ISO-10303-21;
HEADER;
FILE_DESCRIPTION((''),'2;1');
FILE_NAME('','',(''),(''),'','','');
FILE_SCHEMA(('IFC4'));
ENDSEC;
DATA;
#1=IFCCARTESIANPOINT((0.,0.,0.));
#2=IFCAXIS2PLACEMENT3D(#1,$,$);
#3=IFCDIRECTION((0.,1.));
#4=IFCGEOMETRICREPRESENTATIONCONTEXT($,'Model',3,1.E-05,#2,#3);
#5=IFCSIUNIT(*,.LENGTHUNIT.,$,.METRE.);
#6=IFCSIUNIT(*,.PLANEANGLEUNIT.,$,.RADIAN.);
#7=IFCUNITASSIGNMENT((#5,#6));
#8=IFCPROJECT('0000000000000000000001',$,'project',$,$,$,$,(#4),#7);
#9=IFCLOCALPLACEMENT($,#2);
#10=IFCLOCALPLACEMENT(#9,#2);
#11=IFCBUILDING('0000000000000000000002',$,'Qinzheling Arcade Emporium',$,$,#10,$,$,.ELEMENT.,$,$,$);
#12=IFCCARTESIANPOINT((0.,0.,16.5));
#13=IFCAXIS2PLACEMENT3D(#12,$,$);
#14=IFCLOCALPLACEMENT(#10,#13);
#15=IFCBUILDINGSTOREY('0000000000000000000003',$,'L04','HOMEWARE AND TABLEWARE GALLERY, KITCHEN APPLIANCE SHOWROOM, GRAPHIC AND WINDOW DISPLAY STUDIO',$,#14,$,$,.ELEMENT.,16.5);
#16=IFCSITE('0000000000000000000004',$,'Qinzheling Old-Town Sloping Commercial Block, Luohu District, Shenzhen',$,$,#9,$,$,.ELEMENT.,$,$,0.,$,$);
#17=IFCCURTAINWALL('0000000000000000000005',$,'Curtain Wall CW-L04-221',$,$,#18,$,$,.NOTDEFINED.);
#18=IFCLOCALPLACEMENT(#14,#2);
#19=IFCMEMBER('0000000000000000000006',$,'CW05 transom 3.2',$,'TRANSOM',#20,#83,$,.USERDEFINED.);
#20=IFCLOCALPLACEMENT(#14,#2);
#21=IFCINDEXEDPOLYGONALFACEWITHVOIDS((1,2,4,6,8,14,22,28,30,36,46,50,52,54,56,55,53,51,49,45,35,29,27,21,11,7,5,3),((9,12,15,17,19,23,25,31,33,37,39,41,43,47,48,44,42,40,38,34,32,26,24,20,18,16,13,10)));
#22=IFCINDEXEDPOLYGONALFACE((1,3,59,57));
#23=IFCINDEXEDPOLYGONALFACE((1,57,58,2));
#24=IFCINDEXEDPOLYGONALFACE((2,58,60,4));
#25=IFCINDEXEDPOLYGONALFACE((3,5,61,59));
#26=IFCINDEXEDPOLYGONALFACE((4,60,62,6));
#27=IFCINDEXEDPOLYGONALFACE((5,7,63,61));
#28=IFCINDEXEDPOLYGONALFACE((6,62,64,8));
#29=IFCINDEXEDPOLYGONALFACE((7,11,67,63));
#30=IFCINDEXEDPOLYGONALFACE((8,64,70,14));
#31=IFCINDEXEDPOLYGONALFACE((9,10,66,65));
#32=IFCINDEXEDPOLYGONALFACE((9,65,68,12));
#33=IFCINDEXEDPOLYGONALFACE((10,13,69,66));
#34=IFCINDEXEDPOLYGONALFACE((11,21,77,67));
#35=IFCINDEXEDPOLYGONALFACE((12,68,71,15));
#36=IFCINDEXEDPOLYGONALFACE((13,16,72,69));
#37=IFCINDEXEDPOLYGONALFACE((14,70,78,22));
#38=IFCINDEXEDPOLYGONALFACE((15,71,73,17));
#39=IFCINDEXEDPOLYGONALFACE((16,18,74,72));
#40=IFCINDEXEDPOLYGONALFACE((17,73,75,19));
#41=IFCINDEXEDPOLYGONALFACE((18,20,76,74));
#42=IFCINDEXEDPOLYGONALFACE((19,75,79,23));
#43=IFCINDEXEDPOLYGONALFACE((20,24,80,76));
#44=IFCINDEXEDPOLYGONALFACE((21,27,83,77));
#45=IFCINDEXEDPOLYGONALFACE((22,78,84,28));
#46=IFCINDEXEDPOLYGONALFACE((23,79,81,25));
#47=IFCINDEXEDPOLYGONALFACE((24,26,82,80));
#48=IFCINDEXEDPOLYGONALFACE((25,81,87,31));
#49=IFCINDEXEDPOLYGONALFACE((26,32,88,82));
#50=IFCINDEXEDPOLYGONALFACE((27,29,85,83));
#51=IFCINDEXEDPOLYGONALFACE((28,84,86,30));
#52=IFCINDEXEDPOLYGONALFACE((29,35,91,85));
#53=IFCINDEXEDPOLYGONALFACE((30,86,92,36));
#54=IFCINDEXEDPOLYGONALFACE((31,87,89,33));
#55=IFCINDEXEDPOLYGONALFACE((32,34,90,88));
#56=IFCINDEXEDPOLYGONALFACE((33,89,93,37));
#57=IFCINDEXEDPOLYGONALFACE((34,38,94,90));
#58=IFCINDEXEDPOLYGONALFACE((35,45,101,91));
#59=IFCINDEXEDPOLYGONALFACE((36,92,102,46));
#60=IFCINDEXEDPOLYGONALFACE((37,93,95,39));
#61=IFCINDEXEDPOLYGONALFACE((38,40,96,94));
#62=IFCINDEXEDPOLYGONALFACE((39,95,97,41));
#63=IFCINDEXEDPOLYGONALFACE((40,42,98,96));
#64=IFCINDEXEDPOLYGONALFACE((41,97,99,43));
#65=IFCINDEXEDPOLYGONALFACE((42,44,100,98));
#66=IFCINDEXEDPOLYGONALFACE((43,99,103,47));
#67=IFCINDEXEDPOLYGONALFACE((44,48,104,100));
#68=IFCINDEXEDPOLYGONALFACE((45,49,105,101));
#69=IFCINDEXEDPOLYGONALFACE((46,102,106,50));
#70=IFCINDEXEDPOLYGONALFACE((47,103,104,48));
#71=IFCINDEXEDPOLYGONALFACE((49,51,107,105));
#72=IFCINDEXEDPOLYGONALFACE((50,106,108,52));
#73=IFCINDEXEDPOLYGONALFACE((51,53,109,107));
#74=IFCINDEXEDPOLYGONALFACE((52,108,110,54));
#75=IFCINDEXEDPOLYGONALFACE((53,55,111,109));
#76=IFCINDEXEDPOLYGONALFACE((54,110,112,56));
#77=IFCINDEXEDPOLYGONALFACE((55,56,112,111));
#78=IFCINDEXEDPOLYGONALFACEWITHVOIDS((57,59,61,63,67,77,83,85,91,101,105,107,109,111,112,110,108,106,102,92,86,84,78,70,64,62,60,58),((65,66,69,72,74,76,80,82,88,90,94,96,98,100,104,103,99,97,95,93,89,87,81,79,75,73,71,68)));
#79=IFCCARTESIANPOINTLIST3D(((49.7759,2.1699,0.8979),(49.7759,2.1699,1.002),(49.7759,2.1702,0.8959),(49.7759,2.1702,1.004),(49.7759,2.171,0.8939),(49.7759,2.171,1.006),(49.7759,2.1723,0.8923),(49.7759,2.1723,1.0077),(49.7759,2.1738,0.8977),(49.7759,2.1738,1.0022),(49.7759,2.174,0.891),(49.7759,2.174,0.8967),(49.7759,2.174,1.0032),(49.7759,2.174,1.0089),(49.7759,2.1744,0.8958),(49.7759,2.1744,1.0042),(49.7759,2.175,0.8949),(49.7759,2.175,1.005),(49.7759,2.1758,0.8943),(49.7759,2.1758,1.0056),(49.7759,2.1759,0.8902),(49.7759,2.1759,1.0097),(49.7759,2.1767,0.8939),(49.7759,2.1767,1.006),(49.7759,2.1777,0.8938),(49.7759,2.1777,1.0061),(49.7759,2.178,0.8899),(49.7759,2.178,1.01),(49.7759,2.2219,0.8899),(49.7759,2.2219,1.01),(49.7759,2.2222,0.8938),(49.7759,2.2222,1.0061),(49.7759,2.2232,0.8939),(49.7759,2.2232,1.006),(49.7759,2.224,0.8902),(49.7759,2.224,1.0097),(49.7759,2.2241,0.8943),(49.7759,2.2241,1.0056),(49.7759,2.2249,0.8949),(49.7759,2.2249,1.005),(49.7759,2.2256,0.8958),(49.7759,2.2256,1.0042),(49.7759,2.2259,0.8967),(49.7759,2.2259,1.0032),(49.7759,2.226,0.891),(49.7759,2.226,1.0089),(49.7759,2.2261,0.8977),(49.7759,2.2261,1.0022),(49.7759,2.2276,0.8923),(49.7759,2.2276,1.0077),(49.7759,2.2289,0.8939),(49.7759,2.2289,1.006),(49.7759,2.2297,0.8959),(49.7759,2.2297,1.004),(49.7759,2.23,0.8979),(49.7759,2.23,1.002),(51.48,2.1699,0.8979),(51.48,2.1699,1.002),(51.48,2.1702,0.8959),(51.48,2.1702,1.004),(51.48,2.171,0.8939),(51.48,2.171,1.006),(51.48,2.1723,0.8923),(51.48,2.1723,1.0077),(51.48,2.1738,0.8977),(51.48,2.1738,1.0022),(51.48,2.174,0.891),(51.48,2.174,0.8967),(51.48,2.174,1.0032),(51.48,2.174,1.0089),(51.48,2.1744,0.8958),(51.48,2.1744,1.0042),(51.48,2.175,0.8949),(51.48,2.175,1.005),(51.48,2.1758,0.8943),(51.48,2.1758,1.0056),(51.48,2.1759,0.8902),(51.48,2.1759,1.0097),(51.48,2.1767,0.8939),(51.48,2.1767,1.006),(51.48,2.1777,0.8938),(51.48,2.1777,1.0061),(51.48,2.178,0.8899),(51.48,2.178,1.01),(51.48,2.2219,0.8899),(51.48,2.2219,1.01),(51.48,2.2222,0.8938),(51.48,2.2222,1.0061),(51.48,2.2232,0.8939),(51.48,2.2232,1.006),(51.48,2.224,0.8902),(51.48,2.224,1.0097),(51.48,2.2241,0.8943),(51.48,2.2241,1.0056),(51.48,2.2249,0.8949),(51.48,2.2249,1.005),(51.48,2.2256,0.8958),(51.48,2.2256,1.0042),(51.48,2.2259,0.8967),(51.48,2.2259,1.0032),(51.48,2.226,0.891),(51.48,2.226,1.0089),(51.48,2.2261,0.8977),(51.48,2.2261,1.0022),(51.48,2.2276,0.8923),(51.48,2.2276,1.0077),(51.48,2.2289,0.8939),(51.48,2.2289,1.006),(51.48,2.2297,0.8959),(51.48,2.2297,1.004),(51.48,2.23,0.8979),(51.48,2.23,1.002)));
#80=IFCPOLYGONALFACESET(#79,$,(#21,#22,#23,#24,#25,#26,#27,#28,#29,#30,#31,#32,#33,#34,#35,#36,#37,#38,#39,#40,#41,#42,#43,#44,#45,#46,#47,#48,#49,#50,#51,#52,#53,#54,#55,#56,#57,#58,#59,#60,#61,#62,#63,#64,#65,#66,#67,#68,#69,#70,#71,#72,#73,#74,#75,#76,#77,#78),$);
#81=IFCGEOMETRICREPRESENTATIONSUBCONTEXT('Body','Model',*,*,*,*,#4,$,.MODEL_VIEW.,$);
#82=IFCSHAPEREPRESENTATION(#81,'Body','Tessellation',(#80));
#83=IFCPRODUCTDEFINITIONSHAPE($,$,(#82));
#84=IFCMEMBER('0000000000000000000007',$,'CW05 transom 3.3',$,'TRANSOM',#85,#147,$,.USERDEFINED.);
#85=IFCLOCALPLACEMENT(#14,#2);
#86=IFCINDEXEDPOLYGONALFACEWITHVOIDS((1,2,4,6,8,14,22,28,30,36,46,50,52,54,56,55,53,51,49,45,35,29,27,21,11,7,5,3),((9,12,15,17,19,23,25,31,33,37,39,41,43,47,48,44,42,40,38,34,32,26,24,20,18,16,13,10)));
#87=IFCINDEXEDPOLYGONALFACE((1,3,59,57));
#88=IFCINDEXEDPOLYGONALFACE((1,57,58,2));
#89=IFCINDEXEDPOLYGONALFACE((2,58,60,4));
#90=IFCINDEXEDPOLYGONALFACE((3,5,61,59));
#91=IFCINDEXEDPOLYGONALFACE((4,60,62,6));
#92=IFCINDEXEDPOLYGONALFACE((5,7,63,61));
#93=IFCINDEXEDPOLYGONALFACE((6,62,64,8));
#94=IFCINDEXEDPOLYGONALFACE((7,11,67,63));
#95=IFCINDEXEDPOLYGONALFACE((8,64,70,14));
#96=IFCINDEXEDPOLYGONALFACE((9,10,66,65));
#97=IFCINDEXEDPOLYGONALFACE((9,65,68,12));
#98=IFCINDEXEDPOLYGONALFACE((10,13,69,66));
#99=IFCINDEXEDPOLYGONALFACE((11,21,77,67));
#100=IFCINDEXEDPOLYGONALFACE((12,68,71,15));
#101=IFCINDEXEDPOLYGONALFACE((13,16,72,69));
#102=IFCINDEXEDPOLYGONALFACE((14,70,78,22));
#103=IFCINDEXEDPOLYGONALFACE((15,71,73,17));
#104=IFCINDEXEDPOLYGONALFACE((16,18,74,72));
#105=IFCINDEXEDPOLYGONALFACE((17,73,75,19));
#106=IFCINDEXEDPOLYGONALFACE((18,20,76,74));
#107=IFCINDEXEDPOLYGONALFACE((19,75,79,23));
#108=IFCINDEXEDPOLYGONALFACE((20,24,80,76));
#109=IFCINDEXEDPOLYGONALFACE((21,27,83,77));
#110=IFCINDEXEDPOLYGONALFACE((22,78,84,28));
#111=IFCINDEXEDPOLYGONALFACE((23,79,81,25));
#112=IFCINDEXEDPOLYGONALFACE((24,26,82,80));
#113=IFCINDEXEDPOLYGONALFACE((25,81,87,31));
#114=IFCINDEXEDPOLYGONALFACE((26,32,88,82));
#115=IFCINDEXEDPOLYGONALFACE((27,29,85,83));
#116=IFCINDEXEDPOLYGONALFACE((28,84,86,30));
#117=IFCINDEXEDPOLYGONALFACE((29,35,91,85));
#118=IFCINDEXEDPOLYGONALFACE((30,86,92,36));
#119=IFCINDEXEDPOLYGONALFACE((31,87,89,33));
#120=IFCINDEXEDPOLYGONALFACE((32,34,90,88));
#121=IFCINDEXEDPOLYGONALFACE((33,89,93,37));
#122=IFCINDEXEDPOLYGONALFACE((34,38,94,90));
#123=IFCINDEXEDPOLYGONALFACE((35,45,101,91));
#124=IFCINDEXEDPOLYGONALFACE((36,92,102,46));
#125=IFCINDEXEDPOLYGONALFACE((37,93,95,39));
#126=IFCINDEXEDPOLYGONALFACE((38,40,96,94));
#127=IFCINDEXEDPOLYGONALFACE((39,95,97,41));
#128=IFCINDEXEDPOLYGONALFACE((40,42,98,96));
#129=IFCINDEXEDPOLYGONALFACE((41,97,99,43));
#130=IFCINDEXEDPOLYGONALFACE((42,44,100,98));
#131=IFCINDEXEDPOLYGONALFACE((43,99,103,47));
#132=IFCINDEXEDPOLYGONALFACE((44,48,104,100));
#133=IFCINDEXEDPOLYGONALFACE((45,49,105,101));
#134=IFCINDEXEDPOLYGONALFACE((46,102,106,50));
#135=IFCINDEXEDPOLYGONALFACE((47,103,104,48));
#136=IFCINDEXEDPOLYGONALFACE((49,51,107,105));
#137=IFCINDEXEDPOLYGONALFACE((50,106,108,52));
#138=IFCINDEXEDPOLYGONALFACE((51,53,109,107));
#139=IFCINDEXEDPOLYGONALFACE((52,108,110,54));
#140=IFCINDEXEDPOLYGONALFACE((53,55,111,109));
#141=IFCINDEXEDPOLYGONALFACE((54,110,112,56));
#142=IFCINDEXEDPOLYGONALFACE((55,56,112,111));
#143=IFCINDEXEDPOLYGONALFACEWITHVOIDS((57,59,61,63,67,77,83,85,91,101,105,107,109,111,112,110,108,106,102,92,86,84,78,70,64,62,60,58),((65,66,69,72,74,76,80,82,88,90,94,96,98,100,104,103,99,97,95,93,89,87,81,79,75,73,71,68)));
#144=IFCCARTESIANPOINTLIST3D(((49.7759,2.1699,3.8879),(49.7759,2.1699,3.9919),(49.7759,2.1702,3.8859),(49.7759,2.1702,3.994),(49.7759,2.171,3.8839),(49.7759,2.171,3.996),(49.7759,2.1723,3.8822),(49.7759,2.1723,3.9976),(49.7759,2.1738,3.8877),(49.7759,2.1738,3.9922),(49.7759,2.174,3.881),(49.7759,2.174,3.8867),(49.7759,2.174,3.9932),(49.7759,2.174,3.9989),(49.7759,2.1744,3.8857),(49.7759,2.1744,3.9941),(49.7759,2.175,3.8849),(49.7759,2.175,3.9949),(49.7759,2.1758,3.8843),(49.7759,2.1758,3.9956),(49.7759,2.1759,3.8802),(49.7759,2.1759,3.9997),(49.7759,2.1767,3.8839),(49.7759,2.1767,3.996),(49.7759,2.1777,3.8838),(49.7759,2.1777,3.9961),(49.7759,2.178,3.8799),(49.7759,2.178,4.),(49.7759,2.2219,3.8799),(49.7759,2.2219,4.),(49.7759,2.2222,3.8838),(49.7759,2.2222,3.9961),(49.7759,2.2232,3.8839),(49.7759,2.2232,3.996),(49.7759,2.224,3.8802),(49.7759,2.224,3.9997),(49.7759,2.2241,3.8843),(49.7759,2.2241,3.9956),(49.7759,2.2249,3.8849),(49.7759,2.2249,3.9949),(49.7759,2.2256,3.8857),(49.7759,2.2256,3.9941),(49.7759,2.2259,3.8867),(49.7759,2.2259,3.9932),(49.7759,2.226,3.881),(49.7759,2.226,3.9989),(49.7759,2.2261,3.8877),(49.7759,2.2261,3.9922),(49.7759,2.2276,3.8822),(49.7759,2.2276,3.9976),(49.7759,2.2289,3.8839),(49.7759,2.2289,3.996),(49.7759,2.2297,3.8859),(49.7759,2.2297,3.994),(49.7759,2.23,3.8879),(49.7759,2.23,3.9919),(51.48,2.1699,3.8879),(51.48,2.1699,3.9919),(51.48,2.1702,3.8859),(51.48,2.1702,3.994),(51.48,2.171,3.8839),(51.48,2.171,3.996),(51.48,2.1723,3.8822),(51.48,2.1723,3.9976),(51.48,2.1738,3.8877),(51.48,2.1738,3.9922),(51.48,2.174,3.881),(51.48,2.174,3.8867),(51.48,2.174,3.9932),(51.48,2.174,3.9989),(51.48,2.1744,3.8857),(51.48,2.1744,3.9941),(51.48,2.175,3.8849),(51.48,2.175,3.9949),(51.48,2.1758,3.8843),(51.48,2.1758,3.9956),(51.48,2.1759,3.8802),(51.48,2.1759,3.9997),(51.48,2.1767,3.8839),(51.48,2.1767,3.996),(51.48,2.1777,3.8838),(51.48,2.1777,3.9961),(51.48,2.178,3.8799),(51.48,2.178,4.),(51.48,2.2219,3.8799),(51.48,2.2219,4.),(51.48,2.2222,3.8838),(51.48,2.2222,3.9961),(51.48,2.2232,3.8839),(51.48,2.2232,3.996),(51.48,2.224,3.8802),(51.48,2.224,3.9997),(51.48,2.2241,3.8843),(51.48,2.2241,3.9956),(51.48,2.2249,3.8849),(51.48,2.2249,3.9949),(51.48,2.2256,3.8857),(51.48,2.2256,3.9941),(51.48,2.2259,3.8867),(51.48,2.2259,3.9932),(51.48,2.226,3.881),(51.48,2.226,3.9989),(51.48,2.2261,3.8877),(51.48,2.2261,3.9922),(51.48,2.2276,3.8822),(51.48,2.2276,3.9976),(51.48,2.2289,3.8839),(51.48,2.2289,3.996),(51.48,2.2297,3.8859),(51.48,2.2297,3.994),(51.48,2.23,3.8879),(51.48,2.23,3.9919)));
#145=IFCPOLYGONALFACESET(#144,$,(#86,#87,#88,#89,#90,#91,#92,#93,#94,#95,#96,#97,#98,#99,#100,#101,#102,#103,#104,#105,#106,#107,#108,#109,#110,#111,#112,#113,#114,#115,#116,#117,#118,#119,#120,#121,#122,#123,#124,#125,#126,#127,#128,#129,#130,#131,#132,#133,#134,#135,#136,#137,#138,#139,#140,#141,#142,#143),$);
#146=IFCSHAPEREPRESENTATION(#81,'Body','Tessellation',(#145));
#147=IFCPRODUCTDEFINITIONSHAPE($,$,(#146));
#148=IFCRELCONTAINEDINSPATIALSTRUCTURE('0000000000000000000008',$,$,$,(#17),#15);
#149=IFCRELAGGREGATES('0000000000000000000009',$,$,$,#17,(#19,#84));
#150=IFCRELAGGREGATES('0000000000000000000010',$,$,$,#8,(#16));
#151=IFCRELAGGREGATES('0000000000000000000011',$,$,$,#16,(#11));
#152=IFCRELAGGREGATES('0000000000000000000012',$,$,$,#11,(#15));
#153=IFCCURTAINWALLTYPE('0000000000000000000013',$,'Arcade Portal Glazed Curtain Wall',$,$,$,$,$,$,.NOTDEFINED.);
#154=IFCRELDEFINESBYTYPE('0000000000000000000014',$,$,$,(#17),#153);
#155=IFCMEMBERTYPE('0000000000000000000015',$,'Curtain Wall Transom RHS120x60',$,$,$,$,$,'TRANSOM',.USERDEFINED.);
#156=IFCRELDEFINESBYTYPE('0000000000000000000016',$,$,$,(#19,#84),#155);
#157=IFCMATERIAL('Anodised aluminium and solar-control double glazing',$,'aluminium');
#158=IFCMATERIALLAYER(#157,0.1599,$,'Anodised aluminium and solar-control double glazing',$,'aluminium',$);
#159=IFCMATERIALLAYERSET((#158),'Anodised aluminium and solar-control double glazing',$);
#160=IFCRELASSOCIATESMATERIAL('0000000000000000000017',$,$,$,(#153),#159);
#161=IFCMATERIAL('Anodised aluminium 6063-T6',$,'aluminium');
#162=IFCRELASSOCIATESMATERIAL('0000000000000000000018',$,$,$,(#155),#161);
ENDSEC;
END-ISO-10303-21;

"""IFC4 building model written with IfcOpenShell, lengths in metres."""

from ifc_helpers import new_model, si_unit, direction, frame, origin, origin_2d, place, context, subcontext, project, spatial, hollow_rectangle, extrude, material, layer, layer_set, material_profile, profile_set, type_object, element, aggregate, save


model = new_model("IFC4")

# Units and contexts
model_context = context("Model", 3, precision=1e-05, world=origin(), true_north=direction((0.0, 1.0)))
body_context = subcontext(model_context, "Body", "Model", "MODEL_VIEW")
ifc_project = project(units=[si_unit("LENGTHUNIT", "METRE"), si_unit("PLANEANGLEUNIT", "RADIAN")], contexts=[model_context])

# Site, building, storey
site_placement = place(None, origin())
site = spatial("IfcSite", under=ifc_project, at=site_placement, Name="Qinzheling Old-Town Sloping Commercial Block, Luohu District, Shenzhen", CompositionType="ELEMENT", RefElevation=0.0)
building_placement = place(site_placement, origin())
building = spatial("IfcBuilding", under=site, at=building_placement, Name="Qinzheling Arcade Emporium", CompositionType="ELEMENT")
storey_placement = place(building_placement, frame((0.0, 0.0, 16.5)))
storey = spatial("IfcBuildingStorey", under=building, at=storey_placement, Name="L04", Description="HOMEWARE AND TABLEWARE GALLERY, KITCHEN APPLIANCE SHOWROOM, GRAPHIC AND WINDOW DISPLAY STUDIO", CompositionType="ELEMENT", Elevation=16.5)

# Curtain wall
ifc_material_1 = material(Name="Anodised aluminium and solar-control double glazing", Category="aluminium")
ifc_layer_1 = layer(ifc_material_1, 0.1599, Name="Anodised aluminium and solar-control double glazing", Category="aluminium")
ifc_layer_set_1 = layer_set([ifc_layer_1], Name="Anodised aluminium and solar-control double glazing")
curtain_wall_type_1 = type_object("IfcCurtainWallType", Name="Arcade Portal Glazed Curtain Wall", PredefinedType="NOTDEFINED", material=ifc_layer_set_1)
curtain_wall_1_placement = place(storey_placement, origin())
curtain_wall_1 = element("IfcCurtainWall", 1, at=curtain_wall_1_placement, inside=storey, type_object=curtain_wall_type_1, Name="Curtain Wall CW-L04-221", PredefinedType="NOTDEFINED")
ifc_material_2 = material(Name="Anodised aluminium 6063-T6", Category="aluminium")

# Members
ifc_material_profile_1 = material_profile(ifc_material_2, hollow_rectangle(XDim=0.0601, YDim=0.1201, WallThickness=0.0039, InnerFilletRadius=0.0039, OuterFilletRadius=0.0081, at=origin_2d()), Name="RHS 120x60x4", Category="aluminium")
ifc_profile_set_1 = profile_set([ifc_material_profile_1], Name="Anodised aluminium 6063-T6")
member_type_1 = type_object("IfcMemberType", Name="Curtain Wall Transom RHS120x60", ElementType="TRANSOM", PredefinedType="USERDEFINED", material=ifc_profile_set_1)
member_1_placement = place(storey_placement, frame((51.48, 2.2, 0.95), z_axis=(-1.0, 0.0, 0.0), x_axis=(0.0, -1.0, 0.0)))
member_1 = element("IfcMember", 2, at=member_1_placement, type_object=member_type_1, Name="CW05 transom 3.2", ObjectType="TRANSOM", PredefinedType="USERDEFINED", context=body_context, shape_type="SweptSolid", body=[
    extrude(hollow_rectangle(XDim=0.0601, YDim=0.1201, WallThickness=0.0039, InnerFilletRadius=0.0039, OuterFilletRadius=0.0081, at=origin_2d()), origin(), (0.0, 0.0, 1.0), 1.7041),
])
member_2_placement = place(storey_placement, frame((51.48, 2.2, 3.9399), z_axis=(-1.0, 0.0, 0.0), x_axis=(0.0, -1.0, 0.0)))
member_2 = element("IfcMember", 3, at=member_2_placement, type_object=member_type_1, Name="CW05 transom 3.3", ObjectType="TRANSOM", PredefinedType="USERDEFINED", context=body_context, shape_type="SweptSolid", body=[
    extrude(hollow_rectangle(XDim=0.0601, YDim=0.1201, WallThickness=0.0039, InnerFilletRadius=0.0039, OuterFilletRadius=0.0081, at=origin_2d()), origin(), (0.0, 0.0, 1.0), 1.7041),
])

aggregate(curtain_wall_1, [member_1, member_2])

save(model, "model.ifc")
